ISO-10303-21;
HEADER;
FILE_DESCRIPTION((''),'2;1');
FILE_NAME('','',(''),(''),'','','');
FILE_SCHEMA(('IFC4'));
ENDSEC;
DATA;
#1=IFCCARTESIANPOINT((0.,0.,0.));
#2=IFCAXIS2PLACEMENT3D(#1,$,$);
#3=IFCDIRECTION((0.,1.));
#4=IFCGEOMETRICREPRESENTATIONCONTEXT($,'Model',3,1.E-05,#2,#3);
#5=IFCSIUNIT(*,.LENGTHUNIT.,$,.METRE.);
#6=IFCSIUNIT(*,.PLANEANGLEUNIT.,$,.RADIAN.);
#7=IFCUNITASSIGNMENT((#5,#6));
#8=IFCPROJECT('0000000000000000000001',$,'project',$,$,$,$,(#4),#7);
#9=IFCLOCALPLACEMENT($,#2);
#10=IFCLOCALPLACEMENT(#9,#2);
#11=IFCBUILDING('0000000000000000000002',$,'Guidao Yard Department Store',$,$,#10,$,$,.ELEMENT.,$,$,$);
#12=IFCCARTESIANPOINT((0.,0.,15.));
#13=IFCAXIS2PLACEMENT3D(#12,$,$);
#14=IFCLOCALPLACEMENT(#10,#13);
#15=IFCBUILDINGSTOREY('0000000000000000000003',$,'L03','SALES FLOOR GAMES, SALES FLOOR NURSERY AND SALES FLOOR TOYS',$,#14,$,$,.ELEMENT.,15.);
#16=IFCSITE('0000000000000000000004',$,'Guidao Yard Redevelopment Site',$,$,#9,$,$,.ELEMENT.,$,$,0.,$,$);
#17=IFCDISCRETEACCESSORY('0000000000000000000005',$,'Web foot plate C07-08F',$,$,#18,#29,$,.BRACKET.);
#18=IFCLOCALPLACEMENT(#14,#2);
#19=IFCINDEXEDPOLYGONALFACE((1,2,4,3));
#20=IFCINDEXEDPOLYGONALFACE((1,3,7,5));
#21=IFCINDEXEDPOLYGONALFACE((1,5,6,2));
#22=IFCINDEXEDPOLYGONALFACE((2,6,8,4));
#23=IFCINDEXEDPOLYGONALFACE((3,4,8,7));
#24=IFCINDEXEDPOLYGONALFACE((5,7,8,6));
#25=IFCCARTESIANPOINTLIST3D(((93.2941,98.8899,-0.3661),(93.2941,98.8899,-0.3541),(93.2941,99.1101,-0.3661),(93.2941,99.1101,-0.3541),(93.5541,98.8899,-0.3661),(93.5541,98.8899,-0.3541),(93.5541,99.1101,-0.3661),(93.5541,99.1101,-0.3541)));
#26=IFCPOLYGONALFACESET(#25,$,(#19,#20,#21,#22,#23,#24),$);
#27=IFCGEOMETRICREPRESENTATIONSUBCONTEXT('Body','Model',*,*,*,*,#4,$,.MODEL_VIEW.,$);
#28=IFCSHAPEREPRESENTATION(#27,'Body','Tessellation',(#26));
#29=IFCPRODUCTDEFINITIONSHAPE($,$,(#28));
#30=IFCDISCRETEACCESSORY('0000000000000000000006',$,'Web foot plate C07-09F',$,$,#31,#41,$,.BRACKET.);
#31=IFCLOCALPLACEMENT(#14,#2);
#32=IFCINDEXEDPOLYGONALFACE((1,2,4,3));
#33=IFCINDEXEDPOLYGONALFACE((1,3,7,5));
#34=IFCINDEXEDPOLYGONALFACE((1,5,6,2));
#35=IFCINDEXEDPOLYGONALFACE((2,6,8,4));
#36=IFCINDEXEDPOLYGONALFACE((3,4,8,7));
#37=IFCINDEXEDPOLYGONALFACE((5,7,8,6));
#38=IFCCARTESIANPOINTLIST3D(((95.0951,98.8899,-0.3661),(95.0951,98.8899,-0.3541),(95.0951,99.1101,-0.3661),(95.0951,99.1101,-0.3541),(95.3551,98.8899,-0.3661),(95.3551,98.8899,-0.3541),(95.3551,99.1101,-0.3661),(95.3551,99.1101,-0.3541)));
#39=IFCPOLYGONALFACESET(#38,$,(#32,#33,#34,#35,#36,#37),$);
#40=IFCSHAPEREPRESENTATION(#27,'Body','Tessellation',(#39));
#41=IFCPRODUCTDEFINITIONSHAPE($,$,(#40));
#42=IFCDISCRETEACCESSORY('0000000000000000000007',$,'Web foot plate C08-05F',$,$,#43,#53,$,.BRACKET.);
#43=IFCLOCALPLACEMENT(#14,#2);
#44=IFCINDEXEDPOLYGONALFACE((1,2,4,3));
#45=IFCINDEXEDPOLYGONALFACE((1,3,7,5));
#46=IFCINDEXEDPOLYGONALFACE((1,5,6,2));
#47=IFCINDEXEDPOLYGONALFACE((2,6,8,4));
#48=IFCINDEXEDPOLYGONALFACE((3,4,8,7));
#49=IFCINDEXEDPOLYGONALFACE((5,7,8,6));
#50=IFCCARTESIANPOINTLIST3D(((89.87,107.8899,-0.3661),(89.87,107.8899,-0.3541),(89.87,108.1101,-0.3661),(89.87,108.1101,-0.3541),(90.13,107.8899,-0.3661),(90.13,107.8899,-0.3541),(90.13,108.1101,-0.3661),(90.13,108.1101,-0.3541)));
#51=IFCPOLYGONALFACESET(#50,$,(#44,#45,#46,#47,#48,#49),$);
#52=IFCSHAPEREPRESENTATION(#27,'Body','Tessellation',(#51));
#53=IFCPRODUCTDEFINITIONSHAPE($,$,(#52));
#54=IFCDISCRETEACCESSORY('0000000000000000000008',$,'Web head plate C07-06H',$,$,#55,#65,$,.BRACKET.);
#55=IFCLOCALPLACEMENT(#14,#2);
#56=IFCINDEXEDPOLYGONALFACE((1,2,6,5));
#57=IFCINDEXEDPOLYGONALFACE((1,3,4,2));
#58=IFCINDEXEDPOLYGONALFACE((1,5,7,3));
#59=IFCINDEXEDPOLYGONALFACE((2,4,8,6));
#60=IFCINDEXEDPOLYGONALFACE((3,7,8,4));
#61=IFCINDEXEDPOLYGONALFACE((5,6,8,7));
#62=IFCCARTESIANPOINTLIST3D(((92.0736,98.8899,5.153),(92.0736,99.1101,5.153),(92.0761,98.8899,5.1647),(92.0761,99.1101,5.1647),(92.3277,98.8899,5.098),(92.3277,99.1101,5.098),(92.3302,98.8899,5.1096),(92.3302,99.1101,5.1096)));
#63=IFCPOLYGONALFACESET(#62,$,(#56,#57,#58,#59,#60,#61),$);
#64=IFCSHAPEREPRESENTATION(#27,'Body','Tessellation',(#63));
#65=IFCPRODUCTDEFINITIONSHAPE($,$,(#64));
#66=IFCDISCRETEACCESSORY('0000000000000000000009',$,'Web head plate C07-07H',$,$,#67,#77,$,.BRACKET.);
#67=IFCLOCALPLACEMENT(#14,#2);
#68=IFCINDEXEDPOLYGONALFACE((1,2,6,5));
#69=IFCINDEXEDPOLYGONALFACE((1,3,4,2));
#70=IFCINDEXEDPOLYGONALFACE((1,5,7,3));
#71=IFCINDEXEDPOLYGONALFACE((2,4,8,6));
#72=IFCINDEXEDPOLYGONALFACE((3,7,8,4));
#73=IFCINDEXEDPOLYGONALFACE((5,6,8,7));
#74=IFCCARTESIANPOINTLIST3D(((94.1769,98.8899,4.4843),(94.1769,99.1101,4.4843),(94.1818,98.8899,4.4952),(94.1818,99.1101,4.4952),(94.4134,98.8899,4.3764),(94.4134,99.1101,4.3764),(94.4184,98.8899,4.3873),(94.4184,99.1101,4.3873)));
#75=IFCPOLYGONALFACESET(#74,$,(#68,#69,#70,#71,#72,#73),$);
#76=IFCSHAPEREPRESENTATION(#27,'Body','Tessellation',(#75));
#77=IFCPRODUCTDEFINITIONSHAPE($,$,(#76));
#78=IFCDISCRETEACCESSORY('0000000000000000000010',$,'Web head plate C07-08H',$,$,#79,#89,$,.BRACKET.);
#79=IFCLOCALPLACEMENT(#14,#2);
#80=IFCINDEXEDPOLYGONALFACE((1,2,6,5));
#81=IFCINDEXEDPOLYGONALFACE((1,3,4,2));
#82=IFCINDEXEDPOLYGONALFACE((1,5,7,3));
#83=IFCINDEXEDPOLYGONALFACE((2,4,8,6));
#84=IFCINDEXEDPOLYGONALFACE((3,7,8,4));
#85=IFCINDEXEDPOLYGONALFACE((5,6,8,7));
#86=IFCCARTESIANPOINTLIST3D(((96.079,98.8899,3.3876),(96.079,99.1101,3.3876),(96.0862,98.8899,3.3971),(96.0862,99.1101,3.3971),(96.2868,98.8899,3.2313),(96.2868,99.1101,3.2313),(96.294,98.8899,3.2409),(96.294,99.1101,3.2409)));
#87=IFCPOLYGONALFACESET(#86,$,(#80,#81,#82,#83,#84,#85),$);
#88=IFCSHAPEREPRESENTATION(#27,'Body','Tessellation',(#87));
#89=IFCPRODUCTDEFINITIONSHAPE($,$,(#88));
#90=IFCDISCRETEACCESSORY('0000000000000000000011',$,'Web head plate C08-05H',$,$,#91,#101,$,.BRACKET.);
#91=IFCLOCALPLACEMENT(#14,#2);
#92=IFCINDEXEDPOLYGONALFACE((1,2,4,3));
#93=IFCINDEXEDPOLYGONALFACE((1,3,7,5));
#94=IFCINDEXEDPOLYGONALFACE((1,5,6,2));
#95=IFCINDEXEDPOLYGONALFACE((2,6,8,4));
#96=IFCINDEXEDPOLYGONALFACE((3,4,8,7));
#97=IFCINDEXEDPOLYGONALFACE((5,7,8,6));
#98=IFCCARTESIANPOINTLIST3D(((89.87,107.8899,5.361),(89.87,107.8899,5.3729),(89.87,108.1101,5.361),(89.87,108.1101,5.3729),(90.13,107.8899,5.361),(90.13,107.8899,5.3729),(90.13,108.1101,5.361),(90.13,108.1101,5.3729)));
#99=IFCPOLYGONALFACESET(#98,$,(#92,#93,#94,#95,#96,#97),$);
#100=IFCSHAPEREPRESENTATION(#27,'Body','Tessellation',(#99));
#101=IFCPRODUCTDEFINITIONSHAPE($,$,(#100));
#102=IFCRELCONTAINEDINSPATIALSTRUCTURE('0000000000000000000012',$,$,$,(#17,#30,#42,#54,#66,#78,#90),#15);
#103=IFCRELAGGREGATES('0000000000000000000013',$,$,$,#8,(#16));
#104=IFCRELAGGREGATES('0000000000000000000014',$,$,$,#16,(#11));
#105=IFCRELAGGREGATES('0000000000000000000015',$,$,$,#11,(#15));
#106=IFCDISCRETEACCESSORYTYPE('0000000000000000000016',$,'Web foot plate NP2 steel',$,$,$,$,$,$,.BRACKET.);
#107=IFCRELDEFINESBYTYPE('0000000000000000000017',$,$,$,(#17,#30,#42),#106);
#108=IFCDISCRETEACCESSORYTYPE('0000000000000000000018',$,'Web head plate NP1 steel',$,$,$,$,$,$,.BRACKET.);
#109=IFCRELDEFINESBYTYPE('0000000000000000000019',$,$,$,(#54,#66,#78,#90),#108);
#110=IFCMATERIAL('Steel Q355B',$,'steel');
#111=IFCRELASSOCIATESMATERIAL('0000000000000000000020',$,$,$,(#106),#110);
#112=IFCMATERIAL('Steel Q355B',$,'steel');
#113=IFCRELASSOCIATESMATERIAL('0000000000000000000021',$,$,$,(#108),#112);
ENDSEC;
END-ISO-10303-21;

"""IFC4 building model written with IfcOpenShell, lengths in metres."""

from ifc_helpers import new_model, si_unit, direction, frame, origin, origin_2d, place, context, subcontext, project, spatial, rectangle, extrude, material, material_profile, profile_set, type_object, element, save


model = new_model("IFC4")

# Units and contexts
model_context = context("Model", 3, precision=1e-05, world=origin(), true_north=direction((0.0, 1.0)))
body_context = subcontext(model_context, "Body", "Model", "MODEL_VIEW")
ifc_project = project(units=[si_unit("LENGTHUNIT", "METRE"), si_unit("PLANEANGLEUNIT", "RADIAN")], contexts=[model_context])

# Site, building, storey
site_placement = place(None, origin())
site = spatial("IfcSite", under=ifc_project, at=site_placement, Name="Guidao Yard Redevelopment Site", CompositionType="ELEMENT", RefElevation=0.0)
building_placement = place(site_placement, origin())
building = spatial("IfcBuilding", under=site, at=building_placement, Name="Guidao Yard Department Store", CompositionType="ELEMENT")
storey_placement = place(building_placement, frame((0.0, 0.0, 15.0)))
storey = spatial("IfcBuildingStorey", under=building, at=storey_placement, Name="L03", Description="SALES FLOOR GAMES, SALES FLOOR NURSERY AND SALES FLOOR TOYS", CompositionType="ELEMENT", Elevation=15.0)

# Discrete accessories
ifc_material_1 = material(Name="Steel Q355B", Category="steel")
ifc_material_profile_1 = material_profile(ifc_material_1, rectangle(XDim=0.26, YDim=0.012, at=origin_2d()), Name="Node plate 260x12")
ifc_profile_set_1 = profile_set([ifc_material_profile_1], Name="Steel Q355B")
discrete_accessory_type_1 = type_object("IfcDiscreteAccessoryType", Name="Web foot plate NP2 steel", PredefinedType="BRACKET", material=ifc_profile_set_1)
for number, where, z_axis, x_axis, name in (
    (1, (93.4241, 98.8899, -0.3601), (0.0, 1.0, 0.0), (-1.0, 0.0, 0.0), "Web foot plate C07-08F"),
    (2, (95.2251, 98.8899, -0.3601), (0.0, 1.0, 0.0), (-1.0, 0.0, 0.0), "Web foot plate C07-09F"),
    (3, (90.0, 107.8899, -0.3601), (0.0, 1.0, 0.0), (-1.0, 0.0, 0.0), "Web foot plate C08-05F"),
):
    element("IfcDiscreteAccessory", number, at=place(storey_placement, frame(where, z_axis=z_axis, x_axis=x_axis)), inside=storey, type_object=discrete_accessory_type_1, Name=name, PredefinedType="BRACKET", context=body_context, shape_type="SweptSolid", body=[
        extrude(rectangle(XDim=0.26, YDim=0.012, at=origin_2d()), origin(), (0.0, 0.0, 1.0), 0.2202),
    ])
ifc_material_2 = material(Name="Steel Q355B", Category="steel")
ifc_material_profile_2 = material_profile(ifc_material_2, rectangle(XDim=0.26, YDim=0.012, at=origin_2d()), Name="Node plate 260x12")
ifc_profile_set_2 = profile_set([ifc_material_profile_2], Name="Steel Q355B")
discrete_accessory_type_2 = type_object("IfcDiscreteAccessoryType", Name="Web head plate NP1 steel", PredefinedType="BRACKET", material=ifc_profile_set_2)
for number, where, z_axis, x_axis, name in (
    (4, (92.2019, 98.8899, 5.1313), (0.0, 1.0, 0.0), (-0.977292, 0.0, 0.211897), "Web head plate C07-06H"),
    (5, (94.2976, 98.8899, 4.4358), (0.0, 1.0, 0.0), (-0.909751, 0.0, 0.415155), "Web head plate C07-07H"),
    (6, (96.1865, 98.8899, 3.3142), (0.0, 1.0, 0.0), (-0.799284, 0.0, 0.600954), "Web head plate C07-08H"),
    (7, (90.0, 107.8899, 5.3669), (0.0, 1.0, 0.0), (-1.0, 0.0, 0.0), "Web head plate C08-05H"),
):
    element("IfcDiscreteAccessory", number, at=place(storey_placement, frame(where, z_axis=z_axis, x_axis=x_axis)), inside=storey, type_object=discrete_accessory_type_2, Name=name, PredefinedType="BRACKET", context=body_context, shape_type="SweptSolid", body=[
        extrude(rectangle(XDim=0.26, YDim=0.012, at=origin_2d()), origin(), (0.0, 0.0, 1.0), 0.2202),
    ])

save(model, "model.ifc")
